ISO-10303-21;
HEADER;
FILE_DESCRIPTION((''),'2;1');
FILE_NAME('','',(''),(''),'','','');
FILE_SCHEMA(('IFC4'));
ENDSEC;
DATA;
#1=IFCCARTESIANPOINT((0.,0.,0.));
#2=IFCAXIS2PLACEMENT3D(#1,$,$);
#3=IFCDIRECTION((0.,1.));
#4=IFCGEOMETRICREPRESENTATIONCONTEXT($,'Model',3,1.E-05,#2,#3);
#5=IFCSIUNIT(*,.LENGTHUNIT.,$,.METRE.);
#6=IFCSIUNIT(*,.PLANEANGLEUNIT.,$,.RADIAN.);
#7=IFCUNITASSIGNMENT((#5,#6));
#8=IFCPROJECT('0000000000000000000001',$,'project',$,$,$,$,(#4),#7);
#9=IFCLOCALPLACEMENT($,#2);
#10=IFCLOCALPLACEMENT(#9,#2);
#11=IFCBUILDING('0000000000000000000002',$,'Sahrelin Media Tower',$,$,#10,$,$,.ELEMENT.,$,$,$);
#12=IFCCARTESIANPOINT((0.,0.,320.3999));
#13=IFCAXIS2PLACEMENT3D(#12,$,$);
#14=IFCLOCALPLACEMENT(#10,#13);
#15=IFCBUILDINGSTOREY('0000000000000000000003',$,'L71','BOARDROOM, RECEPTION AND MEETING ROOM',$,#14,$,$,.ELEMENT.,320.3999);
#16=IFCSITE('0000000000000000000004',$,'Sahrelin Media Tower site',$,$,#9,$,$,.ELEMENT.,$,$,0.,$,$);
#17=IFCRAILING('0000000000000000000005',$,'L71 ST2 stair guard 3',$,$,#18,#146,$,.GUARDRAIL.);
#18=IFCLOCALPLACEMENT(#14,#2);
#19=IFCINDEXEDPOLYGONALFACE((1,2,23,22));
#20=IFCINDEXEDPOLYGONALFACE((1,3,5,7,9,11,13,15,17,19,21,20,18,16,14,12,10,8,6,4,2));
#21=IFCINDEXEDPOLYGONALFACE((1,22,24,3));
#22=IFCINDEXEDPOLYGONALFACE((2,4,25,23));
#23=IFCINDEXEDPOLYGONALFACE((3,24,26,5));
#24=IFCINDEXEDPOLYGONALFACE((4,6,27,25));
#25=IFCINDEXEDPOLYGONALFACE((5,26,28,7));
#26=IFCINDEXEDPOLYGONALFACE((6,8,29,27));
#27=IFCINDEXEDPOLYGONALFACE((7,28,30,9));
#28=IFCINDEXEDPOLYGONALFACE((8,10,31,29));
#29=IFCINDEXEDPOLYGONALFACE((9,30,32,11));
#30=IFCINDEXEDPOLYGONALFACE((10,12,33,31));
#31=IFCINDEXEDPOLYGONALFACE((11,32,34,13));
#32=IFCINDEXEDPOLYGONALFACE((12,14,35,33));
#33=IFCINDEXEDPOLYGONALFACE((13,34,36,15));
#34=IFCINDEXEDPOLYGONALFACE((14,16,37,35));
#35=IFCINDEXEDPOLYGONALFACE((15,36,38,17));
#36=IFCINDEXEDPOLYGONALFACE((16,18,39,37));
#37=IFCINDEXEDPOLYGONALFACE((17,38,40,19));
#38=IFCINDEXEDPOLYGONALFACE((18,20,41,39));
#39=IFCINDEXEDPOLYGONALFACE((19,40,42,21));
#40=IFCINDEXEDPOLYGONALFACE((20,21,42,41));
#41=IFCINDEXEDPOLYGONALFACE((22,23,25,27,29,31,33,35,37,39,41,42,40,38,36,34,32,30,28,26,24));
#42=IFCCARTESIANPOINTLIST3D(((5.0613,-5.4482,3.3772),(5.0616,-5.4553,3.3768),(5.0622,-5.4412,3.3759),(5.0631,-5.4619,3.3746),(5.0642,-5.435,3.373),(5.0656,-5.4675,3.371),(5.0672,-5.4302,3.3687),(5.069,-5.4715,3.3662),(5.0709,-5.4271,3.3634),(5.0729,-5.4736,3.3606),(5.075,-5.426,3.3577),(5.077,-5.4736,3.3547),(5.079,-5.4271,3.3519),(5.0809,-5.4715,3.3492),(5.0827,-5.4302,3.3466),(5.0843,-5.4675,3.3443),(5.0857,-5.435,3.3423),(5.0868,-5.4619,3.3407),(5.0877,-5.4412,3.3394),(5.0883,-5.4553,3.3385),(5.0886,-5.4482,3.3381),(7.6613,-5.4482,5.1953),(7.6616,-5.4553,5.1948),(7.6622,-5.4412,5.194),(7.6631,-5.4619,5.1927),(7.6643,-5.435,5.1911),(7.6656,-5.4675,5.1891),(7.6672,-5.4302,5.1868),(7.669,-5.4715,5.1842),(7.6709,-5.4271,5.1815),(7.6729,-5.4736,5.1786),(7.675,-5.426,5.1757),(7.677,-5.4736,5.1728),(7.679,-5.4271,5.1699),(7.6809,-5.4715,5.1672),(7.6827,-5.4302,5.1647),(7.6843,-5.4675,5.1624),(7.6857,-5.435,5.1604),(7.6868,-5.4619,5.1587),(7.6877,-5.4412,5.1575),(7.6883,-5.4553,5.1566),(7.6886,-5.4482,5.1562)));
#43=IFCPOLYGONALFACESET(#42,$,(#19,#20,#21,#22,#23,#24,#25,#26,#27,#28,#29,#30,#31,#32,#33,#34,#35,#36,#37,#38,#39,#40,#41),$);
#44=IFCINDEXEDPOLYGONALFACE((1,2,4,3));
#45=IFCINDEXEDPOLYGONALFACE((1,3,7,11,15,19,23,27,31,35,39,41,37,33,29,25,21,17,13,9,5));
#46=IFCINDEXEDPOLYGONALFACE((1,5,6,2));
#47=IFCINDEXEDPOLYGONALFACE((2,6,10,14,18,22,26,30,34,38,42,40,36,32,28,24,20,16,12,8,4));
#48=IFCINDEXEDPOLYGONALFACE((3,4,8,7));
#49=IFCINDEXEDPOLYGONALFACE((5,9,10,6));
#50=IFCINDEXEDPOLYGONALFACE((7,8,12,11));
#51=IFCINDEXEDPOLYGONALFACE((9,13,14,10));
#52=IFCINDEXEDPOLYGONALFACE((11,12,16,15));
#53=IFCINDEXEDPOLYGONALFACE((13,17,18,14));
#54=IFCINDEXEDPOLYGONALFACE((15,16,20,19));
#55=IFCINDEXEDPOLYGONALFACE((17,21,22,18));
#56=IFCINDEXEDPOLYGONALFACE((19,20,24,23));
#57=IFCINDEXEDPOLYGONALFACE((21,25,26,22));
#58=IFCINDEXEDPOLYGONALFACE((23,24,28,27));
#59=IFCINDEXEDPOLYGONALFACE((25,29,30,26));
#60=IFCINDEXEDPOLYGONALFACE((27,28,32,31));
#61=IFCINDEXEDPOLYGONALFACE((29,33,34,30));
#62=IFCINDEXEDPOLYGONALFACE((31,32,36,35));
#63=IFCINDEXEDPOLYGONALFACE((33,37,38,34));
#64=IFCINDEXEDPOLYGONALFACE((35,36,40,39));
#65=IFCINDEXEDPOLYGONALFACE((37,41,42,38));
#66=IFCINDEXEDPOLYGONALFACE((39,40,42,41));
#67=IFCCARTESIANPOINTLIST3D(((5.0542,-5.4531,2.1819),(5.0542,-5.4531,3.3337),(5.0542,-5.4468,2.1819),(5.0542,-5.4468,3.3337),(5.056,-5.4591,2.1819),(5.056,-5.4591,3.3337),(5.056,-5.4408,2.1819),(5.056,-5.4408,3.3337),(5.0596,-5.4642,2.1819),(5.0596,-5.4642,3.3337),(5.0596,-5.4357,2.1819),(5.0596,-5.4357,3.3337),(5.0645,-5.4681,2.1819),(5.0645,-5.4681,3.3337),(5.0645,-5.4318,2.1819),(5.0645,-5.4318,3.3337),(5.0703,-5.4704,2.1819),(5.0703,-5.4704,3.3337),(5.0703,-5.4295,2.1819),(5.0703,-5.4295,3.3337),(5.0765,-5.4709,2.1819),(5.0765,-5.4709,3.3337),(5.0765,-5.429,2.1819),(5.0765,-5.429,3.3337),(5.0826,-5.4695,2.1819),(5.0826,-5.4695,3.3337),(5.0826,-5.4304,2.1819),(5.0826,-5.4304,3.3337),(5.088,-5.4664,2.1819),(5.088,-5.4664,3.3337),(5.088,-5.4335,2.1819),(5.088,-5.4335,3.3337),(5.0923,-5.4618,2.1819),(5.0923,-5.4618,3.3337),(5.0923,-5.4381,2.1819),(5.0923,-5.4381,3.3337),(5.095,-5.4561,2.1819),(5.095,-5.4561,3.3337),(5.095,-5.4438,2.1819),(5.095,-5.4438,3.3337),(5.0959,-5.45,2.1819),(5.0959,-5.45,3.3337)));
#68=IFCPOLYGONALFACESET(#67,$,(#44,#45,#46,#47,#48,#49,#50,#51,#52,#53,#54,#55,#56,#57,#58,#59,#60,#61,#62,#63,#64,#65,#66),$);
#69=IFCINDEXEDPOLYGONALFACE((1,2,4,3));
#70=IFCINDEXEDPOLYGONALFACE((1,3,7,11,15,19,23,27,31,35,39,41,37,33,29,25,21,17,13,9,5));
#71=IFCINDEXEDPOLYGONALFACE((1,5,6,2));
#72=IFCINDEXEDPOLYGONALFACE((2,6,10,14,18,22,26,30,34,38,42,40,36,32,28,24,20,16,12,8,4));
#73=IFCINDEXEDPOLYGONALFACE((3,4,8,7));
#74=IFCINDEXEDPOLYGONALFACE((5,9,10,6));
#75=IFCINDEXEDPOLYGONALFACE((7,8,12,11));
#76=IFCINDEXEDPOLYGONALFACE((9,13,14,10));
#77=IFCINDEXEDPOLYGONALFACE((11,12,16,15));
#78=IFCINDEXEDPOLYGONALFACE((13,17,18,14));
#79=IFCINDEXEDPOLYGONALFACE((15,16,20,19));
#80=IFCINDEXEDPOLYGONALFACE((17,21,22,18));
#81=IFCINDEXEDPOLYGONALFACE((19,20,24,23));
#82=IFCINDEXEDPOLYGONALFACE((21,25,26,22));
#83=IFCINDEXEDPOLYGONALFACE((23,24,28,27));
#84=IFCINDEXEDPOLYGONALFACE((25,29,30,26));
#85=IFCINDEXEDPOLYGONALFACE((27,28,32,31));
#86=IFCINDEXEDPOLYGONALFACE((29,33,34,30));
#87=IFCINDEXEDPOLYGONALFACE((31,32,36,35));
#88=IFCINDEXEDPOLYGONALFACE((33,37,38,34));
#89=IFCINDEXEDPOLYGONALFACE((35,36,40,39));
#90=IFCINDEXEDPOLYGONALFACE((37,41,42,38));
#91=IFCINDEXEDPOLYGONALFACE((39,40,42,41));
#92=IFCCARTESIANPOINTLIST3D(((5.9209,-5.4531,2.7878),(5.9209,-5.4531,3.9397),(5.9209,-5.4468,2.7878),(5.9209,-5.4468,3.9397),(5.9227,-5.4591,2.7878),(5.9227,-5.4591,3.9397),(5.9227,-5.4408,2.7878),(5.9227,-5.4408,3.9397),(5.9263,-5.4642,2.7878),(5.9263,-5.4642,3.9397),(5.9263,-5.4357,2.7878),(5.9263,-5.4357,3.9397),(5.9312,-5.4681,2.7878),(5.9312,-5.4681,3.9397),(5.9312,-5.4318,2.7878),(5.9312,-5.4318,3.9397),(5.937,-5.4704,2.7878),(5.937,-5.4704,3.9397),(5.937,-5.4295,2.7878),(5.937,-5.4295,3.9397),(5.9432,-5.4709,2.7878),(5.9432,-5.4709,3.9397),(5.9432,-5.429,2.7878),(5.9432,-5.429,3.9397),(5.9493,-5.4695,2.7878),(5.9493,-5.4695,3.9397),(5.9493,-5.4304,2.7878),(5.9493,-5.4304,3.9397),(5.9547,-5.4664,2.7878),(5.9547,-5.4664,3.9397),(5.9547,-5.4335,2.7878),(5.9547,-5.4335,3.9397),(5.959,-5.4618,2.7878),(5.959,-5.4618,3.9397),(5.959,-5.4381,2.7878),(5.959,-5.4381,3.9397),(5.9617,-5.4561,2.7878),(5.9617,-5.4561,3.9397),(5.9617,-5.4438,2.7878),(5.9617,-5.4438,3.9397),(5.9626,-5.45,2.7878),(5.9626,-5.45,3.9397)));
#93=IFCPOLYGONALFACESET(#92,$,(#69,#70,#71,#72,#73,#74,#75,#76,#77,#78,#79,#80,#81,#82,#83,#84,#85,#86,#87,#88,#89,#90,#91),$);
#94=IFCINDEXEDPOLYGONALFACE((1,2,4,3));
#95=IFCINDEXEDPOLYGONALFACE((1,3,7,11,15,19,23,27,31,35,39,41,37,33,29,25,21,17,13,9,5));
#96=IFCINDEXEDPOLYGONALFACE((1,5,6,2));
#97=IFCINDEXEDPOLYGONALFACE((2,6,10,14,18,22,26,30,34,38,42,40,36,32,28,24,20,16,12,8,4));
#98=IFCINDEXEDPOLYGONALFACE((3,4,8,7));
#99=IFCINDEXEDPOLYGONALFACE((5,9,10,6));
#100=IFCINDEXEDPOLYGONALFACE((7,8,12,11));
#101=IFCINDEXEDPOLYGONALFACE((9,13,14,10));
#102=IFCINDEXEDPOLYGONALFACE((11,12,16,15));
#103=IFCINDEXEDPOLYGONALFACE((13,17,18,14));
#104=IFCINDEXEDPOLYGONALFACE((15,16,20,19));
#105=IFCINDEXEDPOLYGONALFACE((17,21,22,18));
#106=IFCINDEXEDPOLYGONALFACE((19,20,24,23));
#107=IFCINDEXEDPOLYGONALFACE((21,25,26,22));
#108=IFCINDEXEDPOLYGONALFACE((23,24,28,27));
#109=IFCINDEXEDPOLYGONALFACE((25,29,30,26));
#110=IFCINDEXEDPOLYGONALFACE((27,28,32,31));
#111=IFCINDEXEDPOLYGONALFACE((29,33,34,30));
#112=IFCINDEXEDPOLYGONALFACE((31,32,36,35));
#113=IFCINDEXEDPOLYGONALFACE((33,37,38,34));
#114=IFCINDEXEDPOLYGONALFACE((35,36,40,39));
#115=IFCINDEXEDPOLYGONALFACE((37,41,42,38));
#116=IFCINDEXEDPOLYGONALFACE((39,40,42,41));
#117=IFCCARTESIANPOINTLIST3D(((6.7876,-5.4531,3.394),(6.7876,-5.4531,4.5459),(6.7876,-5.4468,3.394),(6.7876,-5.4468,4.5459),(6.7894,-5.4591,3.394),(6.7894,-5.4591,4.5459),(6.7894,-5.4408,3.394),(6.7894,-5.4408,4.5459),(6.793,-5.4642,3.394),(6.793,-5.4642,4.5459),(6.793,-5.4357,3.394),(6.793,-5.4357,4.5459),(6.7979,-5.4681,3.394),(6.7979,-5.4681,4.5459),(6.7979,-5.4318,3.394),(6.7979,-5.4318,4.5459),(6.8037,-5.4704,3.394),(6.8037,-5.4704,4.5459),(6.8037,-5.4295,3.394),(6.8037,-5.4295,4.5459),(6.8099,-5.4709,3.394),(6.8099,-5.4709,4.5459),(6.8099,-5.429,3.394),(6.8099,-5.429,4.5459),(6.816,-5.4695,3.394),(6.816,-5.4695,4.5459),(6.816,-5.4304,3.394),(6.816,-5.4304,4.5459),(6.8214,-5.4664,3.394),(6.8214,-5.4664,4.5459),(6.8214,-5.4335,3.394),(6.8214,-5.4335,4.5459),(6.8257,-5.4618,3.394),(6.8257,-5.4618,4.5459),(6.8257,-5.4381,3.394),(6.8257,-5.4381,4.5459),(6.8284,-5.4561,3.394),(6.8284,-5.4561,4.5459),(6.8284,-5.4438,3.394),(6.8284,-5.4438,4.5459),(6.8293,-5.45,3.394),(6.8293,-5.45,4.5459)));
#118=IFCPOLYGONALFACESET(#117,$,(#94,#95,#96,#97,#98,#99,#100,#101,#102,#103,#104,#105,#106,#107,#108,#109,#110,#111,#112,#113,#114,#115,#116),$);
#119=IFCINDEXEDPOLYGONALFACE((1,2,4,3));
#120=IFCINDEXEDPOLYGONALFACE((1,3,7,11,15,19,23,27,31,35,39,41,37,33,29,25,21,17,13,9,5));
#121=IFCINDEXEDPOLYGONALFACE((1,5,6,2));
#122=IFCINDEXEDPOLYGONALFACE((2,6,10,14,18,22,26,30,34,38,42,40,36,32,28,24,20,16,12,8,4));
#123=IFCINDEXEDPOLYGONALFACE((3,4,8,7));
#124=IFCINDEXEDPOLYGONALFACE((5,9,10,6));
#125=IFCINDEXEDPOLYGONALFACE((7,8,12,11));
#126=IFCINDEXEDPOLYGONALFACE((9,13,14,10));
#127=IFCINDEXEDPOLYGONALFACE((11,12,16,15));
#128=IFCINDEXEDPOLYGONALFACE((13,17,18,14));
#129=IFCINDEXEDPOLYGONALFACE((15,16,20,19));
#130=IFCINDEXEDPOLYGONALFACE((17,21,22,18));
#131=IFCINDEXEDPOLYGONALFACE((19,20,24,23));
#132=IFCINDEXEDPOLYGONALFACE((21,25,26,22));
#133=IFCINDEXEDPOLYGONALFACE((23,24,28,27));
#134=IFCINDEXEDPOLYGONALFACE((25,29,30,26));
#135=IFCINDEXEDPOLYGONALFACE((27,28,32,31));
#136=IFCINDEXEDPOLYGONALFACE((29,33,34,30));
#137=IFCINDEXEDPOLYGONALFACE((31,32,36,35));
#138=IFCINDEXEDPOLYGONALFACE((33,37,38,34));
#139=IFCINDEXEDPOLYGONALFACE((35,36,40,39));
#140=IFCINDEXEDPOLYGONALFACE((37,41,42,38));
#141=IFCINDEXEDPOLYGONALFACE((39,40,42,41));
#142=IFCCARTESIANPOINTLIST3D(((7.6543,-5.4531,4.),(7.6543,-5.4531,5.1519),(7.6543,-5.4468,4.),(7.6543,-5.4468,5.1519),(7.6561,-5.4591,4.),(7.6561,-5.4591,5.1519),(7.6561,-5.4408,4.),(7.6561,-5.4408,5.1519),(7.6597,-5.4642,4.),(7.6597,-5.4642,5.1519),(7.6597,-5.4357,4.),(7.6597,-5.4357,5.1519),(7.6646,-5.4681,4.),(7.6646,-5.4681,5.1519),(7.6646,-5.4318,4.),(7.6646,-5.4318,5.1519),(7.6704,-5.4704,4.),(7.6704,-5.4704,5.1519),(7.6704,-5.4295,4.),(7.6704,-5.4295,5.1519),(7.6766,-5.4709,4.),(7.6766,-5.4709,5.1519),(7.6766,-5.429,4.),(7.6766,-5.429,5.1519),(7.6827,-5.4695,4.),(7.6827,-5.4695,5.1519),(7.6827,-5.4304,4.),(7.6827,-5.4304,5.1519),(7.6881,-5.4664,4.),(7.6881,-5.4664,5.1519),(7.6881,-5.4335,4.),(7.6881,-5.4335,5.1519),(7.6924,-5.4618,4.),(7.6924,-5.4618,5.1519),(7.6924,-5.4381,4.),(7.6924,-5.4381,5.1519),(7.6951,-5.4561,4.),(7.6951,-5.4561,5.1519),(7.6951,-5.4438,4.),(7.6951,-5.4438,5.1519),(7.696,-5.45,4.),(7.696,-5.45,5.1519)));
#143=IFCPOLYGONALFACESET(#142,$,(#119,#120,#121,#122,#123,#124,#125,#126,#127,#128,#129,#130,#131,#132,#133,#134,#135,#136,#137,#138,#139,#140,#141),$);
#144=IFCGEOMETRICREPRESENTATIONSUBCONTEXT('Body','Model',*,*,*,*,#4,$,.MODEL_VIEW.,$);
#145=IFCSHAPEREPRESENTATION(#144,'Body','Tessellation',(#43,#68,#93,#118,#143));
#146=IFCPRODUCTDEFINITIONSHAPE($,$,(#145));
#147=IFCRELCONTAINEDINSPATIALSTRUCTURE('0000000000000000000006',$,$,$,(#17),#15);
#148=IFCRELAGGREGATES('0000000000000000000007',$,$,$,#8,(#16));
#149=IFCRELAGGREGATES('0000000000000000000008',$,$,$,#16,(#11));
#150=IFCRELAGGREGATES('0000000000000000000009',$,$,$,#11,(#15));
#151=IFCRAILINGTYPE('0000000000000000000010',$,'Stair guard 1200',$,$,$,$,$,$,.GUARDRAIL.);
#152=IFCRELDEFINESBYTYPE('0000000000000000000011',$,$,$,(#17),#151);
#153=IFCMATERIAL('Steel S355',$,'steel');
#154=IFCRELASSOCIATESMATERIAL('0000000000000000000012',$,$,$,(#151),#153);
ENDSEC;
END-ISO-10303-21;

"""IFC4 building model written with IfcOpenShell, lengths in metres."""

from ifc_helpers import new_model, si_unit, direction, frame, origin, origin_2d, place, context, subcontext, project, spatial, circle, extrude, material, type_object, element, save


model = new_model("IFC4")

# Units and contexts
model_context = context("Model", 3, precision=1e-05, world=origin(), true_north=direction((0.0, 1.0)))
body_context = subcontext(model_context, "Body", "Model", "MODEL_VIEW")
ifc_project = project(units=[si_unit("LENGTHUNIT", "METRE"), si_unit("PLANEANGLEUNIT", "RADIAN")], contexts=[model_context])

# Site, building, storey
site_placement = place(None, origin())
site = spatial("IfcSite", under=ifc_project, at=site_placement, Name="Sahrelin Media Tower site", CompositionType="ELEMENT", RefElevation=0.0)
building_placement = place(site_placement, origin())
building = spatial("IfcBuilding", under=site, at=building_placement, Name="Sahrelin Media Tower", CompositionType="ELEMENT")
storey_placement = place(building_placement, frame((0.0, 0.0, 320.3999)))
storey = spatial("IfcBuildingStorey", under=building, at=storey_placement, Name="L71", Description="BOARDROOM, RECEPTION AND MEETING ROOM", CompositionType="ELEMENT", Elevation=320.3999)

# Shared definitions
ifc_material_1 = material(Name="Steel S355", Category="steel")

# Railing
railing_type_1 = type_object("IfcRailingType", Name="Stair guard 1200", PredefinedType="GUARDRAIL", material=ifc_material_1)
railing_1_placement = place(storey_placement, frame((5.075, -5.45, 2.1819)))
element("IfcRailing", 1, at=railing_1_placement, inside=storey, type_object=railing_type_1, Name="L71 ST2 stair guard 3", PredefinedType="GUARDRAIL", context=body_context, shape_type="SweptSolid", body=[
    extrude(circle(Radius=0.0239, at=origin_2d()), frame((0.0, 0.0, 1.1758), z_axis=(0.819521, 0.0, 0.573049), x_axis=(0.0, 1.0, 0.0)), (0.0, 0.0, 1.0), 3.1726),
    extrude(circle(Radius=0.021, at=origin_2d()), origin(), (0.0, 0.0, 1.0), 1.1519),
    extrude(circle(Radius=0.021, at=origin_2d()), frame((0.8667, 0.0, 0.606)), (0.0, 0.0, 1.0), 1.1519),
    extrude(circle(Radius=0.021, at=origin_2d()), frame((1.7334, 0.0, 1.2122)), (0.0, 0.0, 1.0), 1.1519),
    extrude(circle(Radius=0.021, at=origin_2d()), frame((2.6001, 0.0, 1.8181)), (0.0, 0.0, 1.0), 1.1519),
])

save(model, "model.ifc")
